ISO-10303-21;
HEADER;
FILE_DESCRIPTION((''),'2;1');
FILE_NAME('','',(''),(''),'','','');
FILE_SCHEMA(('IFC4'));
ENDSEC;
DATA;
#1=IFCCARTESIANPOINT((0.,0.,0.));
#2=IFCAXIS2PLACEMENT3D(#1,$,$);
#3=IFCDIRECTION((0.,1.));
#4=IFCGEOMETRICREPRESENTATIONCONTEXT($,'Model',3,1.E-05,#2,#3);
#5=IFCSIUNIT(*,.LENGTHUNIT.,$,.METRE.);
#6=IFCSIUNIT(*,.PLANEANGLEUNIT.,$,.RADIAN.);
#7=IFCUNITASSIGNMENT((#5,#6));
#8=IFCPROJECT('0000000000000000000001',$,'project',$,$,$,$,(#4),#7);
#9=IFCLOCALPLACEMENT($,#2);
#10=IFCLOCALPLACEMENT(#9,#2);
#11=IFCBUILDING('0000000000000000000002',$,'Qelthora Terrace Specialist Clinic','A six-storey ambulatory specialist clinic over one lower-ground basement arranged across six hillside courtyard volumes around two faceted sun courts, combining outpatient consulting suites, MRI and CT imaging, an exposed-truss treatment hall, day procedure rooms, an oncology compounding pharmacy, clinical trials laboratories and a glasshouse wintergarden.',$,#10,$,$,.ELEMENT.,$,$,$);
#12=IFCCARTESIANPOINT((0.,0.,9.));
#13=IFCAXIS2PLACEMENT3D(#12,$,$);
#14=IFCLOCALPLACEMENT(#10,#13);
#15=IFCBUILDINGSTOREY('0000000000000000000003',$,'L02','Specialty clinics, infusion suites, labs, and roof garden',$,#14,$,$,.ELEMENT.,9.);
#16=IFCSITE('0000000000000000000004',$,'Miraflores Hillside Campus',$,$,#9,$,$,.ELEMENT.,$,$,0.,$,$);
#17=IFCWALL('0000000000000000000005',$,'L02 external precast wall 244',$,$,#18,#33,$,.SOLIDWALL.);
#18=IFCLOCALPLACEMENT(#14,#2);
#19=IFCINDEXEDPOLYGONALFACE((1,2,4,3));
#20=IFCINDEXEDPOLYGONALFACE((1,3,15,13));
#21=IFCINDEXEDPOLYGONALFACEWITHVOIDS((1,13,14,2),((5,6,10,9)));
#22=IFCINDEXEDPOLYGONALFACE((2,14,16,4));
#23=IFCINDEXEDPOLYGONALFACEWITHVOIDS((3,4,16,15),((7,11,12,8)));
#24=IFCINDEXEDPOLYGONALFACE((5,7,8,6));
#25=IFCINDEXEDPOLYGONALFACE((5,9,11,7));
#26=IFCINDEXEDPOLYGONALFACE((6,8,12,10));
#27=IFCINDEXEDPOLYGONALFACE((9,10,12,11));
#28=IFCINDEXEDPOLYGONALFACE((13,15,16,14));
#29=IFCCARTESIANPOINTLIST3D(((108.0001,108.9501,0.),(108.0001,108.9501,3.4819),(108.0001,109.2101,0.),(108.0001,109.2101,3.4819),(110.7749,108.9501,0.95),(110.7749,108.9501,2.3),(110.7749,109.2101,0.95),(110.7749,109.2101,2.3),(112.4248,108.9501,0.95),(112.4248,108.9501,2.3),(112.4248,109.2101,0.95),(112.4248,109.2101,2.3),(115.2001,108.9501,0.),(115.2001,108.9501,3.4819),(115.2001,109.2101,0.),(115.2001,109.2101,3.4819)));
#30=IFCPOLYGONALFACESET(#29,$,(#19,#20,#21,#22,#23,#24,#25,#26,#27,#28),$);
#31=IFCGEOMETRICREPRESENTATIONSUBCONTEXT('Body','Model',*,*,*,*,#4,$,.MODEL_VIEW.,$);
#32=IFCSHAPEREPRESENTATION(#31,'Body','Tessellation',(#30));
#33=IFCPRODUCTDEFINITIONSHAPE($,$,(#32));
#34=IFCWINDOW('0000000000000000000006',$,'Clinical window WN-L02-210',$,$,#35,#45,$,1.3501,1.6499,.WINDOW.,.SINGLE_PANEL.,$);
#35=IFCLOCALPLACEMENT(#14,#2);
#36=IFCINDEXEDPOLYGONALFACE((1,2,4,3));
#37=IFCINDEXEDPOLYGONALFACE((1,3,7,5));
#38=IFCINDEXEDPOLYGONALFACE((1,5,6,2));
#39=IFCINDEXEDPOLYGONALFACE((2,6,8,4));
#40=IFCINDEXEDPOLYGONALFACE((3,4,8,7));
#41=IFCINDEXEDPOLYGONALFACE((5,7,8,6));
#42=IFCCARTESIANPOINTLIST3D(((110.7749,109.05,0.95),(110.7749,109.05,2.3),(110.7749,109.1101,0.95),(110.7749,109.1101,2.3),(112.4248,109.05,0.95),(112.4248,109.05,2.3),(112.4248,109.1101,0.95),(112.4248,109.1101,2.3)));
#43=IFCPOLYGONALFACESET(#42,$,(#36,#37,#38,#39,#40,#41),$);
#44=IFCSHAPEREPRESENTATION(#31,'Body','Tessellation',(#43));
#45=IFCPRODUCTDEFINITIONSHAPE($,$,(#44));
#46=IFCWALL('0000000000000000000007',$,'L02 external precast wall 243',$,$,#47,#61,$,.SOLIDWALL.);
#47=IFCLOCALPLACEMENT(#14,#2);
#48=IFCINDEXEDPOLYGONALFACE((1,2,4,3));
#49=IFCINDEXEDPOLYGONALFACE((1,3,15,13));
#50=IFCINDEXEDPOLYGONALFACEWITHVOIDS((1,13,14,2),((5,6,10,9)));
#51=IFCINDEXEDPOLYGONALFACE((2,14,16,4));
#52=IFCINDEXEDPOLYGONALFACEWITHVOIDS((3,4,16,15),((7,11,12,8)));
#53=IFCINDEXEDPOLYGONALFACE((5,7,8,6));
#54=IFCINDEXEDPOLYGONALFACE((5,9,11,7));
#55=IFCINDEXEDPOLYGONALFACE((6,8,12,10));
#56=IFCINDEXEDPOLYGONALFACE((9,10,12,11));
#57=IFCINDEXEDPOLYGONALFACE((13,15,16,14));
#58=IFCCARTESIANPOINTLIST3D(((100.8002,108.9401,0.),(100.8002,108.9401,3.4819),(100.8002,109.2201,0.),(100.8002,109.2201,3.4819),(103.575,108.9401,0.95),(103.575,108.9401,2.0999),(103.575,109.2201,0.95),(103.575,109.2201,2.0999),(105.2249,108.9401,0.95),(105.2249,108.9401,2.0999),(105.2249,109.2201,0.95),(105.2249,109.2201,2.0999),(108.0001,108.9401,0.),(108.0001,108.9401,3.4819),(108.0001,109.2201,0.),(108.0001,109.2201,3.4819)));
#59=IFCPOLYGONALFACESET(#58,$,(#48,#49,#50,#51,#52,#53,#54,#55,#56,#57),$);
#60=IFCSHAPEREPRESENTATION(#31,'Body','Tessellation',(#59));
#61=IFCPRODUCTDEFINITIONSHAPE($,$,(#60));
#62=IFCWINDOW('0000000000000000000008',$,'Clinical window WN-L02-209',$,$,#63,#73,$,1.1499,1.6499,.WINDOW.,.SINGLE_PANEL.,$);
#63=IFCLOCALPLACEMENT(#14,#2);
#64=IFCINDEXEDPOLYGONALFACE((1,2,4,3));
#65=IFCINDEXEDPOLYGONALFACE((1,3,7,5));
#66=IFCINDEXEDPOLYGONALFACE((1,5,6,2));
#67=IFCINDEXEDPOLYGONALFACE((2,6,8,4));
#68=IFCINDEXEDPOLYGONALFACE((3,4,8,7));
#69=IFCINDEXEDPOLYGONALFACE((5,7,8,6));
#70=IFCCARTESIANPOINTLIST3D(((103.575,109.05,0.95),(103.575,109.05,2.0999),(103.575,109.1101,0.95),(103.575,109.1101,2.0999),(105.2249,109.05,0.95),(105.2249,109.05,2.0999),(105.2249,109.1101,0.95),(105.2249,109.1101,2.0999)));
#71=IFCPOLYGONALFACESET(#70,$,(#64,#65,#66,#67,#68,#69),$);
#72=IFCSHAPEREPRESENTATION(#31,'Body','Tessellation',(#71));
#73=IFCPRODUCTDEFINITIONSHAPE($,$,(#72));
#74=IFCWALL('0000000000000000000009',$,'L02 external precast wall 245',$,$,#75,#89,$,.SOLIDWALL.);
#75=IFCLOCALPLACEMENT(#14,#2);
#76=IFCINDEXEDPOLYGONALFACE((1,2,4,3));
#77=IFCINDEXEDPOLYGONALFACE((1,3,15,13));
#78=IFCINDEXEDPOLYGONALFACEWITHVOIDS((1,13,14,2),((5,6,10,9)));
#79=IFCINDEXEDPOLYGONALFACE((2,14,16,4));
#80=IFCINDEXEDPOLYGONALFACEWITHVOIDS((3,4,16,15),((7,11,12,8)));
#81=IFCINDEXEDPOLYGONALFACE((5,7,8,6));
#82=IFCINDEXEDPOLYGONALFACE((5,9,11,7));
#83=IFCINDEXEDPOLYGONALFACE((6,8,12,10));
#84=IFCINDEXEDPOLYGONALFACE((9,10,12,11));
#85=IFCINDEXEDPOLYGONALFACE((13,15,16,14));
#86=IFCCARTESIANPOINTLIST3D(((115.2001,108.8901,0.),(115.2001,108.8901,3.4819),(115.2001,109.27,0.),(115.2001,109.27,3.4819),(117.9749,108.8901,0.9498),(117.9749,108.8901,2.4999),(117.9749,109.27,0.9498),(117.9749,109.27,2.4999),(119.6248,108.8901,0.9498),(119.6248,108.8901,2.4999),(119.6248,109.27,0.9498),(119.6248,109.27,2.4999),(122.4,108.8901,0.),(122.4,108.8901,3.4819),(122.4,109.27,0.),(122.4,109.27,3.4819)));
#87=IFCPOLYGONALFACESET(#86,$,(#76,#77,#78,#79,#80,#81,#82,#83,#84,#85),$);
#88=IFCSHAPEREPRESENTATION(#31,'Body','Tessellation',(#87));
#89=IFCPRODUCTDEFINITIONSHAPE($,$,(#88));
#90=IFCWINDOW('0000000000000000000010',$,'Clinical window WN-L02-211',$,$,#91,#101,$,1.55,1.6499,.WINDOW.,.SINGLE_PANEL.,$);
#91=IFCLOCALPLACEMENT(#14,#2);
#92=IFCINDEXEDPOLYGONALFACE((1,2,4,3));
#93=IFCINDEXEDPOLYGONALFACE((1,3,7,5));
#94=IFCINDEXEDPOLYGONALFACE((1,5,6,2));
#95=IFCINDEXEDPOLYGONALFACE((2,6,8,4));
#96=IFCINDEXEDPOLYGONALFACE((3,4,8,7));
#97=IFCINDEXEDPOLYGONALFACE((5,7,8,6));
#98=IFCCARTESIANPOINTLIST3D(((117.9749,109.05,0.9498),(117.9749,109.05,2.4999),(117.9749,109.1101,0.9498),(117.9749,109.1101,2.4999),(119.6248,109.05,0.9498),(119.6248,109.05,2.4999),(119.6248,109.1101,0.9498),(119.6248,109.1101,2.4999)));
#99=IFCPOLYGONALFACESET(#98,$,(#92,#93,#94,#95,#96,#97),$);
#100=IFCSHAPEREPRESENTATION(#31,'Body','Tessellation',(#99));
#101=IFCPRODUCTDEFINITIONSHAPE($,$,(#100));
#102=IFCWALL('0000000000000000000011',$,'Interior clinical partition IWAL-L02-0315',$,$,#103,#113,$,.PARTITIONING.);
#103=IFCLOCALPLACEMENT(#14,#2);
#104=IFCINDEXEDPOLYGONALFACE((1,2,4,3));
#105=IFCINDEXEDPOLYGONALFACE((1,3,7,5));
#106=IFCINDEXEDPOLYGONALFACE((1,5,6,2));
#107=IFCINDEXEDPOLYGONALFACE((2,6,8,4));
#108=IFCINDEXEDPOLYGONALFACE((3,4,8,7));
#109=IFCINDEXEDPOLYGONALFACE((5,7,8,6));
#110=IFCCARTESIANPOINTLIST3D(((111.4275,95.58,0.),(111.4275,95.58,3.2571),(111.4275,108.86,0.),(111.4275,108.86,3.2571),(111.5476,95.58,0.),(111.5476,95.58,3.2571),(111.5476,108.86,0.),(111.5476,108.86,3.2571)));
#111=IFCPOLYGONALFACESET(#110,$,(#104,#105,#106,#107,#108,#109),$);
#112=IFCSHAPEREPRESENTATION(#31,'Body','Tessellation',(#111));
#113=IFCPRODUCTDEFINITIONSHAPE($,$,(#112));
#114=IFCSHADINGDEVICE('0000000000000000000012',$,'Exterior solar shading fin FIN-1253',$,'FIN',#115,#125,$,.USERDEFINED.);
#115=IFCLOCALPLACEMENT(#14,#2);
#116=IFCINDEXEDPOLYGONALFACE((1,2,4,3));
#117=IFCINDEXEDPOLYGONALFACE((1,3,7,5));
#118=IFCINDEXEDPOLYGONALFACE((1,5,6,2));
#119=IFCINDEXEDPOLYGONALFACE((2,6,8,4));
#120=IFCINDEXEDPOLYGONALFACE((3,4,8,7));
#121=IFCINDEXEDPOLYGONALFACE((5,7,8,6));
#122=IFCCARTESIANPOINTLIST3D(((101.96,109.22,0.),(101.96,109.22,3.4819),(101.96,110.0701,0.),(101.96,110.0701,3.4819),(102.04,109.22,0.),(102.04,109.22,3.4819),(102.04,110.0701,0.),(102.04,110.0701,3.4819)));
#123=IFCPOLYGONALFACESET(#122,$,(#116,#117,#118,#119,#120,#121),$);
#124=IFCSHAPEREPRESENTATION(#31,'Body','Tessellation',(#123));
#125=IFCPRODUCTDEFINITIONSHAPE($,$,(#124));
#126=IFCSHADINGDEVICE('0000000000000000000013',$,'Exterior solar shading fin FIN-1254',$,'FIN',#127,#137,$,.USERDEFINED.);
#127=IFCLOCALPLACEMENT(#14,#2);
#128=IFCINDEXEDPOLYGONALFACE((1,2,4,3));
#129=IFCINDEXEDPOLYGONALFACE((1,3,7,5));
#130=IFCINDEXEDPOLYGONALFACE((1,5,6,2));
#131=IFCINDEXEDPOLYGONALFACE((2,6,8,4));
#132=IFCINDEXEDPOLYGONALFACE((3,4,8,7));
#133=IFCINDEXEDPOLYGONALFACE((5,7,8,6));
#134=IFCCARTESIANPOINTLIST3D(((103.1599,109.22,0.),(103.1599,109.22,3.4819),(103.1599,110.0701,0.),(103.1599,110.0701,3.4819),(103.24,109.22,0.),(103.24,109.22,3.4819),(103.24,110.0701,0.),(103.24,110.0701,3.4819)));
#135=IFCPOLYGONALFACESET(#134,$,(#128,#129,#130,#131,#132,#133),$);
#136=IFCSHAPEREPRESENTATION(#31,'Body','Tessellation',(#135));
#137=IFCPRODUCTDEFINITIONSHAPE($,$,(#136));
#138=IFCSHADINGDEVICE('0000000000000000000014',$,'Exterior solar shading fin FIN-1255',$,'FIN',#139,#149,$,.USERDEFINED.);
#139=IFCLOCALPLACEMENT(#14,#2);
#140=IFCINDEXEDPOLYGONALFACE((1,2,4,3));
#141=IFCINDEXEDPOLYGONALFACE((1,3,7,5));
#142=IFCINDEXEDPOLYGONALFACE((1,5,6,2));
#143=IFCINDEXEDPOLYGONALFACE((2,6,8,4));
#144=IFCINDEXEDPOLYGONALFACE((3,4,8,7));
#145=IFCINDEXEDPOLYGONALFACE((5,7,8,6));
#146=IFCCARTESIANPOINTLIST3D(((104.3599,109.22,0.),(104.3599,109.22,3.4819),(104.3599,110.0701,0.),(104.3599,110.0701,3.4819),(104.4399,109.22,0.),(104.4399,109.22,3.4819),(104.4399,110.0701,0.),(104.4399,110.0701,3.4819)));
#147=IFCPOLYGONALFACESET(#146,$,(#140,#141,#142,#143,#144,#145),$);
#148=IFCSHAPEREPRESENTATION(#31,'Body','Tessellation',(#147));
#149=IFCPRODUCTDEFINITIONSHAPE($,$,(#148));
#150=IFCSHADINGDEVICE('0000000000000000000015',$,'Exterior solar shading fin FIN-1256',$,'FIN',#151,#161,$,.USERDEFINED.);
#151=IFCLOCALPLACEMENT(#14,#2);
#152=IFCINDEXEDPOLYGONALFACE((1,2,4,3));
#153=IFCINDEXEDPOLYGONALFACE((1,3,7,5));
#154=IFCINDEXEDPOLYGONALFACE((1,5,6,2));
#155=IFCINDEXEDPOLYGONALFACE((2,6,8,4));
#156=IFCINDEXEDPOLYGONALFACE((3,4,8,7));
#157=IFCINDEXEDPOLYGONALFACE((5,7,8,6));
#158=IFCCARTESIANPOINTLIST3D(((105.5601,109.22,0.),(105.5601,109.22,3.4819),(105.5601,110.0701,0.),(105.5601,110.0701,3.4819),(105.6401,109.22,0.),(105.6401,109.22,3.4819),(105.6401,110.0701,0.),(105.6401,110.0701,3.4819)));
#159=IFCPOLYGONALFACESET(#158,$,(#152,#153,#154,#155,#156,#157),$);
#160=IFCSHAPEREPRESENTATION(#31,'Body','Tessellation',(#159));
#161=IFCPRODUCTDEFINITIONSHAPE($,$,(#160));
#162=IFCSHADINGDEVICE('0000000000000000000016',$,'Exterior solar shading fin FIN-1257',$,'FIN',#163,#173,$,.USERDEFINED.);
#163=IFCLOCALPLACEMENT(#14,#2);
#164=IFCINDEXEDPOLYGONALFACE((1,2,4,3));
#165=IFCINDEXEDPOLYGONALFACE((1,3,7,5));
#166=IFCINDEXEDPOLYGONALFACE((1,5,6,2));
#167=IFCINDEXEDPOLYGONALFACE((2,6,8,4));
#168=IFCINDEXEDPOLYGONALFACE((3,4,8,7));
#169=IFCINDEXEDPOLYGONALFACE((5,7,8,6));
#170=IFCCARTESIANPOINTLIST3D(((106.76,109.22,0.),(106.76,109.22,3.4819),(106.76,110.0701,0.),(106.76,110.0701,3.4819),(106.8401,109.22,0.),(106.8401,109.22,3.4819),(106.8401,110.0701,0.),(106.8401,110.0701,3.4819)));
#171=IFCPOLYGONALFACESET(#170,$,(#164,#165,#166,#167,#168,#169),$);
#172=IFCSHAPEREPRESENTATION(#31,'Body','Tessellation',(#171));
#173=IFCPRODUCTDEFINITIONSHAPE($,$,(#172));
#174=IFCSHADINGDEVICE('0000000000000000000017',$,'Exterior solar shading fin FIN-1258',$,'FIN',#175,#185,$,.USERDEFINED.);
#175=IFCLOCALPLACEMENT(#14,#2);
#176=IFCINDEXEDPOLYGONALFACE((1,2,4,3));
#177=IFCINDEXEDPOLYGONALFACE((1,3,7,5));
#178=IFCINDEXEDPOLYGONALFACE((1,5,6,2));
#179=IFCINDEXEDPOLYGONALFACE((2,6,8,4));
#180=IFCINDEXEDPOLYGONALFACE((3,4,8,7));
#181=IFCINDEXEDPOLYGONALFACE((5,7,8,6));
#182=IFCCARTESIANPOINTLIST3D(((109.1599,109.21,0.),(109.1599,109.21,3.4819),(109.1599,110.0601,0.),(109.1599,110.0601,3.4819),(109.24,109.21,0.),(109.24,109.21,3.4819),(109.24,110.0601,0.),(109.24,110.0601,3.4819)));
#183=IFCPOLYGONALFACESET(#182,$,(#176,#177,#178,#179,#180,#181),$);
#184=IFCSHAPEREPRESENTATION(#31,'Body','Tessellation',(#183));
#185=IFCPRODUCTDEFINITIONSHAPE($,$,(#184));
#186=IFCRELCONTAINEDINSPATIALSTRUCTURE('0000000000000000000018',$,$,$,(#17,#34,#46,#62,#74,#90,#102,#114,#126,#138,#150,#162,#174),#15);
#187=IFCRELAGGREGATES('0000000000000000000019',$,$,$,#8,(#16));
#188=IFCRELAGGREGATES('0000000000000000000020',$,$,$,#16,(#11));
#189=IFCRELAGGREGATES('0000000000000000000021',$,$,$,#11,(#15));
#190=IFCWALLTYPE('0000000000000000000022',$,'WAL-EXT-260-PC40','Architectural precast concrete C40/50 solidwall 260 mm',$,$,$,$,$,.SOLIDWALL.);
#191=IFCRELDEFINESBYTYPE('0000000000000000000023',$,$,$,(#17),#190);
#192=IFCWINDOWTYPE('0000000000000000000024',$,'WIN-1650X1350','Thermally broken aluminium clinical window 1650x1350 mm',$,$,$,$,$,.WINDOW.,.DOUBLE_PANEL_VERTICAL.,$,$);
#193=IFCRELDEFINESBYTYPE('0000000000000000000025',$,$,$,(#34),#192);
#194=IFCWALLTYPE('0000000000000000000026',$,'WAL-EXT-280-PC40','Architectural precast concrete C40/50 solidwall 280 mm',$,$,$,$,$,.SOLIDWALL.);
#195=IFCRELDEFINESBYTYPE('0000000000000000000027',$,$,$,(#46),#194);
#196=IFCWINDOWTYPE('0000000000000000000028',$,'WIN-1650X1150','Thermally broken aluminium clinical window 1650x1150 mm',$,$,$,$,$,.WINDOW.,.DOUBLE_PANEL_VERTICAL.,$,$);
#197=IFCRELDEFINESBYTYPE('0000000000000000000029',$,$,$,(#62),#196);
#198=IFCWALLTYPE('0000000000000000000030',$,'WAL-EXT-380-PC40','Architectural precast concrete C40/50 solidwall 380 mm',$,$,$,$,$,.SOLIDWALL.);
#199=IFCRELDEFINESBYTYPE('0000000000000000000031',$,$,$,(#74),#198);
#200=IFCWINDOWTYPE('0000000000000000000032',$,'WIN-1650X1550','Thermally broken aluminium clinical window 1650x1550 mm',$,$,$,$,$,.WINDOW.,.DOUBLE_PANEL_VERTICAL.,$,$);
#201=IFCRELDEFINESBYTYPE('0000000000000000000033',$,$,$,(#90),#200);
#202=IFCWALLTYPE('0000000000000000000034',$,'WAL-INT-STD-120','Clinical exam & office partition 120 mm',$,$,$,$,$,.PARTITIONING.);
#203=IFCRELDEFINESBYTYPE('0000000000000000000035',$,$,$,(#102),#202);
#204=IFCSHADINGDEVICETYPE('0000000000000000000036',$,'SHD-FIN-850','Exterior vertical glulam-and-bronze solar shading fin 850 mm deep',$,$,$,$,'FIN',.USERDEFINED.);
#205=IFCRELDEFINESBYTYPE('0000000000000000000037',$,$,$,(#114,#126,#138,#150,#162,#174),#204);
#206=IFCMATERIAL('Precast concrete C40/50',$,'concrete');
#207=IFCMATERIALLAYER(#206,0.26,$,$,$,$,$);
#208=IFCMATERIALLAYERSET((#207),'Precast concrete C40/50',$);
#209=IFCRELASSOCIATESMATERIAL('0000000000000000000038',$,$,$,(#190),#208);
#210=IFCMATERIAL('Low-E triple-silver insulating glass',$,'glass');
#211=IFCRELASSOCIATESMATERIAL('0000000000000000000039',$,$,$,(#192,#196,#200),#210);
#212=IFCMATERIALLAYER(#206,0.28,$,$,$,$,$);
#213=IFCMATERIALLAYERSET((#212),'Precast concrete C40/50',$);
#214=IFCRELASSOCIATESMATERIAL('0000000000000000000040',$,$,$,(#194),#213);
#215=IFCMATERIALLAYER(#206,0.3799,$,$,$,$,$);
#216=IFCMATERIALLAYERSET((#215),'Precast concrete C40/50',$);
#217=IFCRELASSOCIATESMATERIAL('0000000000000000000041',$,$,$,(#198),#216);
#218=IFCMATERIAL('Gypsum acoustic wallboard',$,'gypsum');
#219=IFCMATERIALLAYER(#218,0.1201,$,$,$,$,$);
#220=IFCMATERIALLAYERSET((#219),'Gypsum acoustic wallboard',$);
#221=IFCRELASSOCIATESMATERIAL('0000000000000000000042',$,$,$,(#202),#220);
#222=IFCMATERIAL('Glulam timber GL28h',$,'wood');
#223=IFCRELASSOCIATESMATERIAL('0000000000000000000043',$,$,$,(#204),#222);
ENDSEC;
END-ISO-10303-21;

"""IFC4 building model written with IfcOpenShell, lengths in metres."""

from ifc_helpers import new_model, si_unit, direction, frame, frame_2d, origin, origin_2d, place, context, subcontext, project, spatial, rectangle, extrude, material, layer, layer_set, type_object, element, fill, save


model = new_model("IFC4")

# Units and contexts
model_context = context("Model", 3, precision=1e-05, world=origin(), true_north=direction((0.0, 1.0)))
body_context = subcontext(model_context, "Body", "Model", "MODEL_VIEW")
ifc_project = project(units=[si_unit("LENGTHUNIT", "METRE"), si_unit("PLANEANGLEUNIT", "RADIAN")], contexts=[model_context])

# Site, building, storey
site_placement = place(None, origin())
site = spatial("IfcSite", under=ifc_project, at=site_placement, Name="Miraflores Hillside Campus", CompositionType="ELEMENT", RefElevation=0.0)
building_placement = place(site_placement, origin())
building = spatial("IfcBuilding", under=site, at=building_placement, Name="Qelthora Terrace Specialist Clinic", Description="A six-storey ambulatory specialist clinic over one lower-ground basement arranged across six hillside courtyard volumes around two faceted sun courts, combining outpatient consulting suites, MRI and CT imaging, an exposed-truss treatment hall, day procedure rooms, an oncology compounding pharmacy, clinical trials laboratories and a glasshouse wintergarden.", CompositionType="ELEMENT")
storey_placement = place(building_placement, frame((0.0, 0.0, 9.0)))
storey = spatial("IfcBuildingStorey", under=building, at=storey_placement, Name="L02", Description="Specialty clinics, infusion suites, labs, and roof garden", CompositionType="ELEMENT", Elevation=9.0)

# Walls, openings, windows
ifc_material_1 = material(Name="Precast concrete C40/50", Category="concrete")
ifc_layer_1 = layer(ifc_material_1, 0.26)
ifc_layer_set_1 = layer_set([ifc_layer_1], Name="Precast concrete C40/50")
wall_type_1 = type_object("IfcWallType", Name="WAL-EXT-260-PC40", Description="Architectural precast concrete C40/50 solidwall 260 mm", PredefinedType="SOLIDWALL", material=ifc_layer_set_1)
wall_1_placement = place(storey_placement, frame((108.0, 109.0801, 0.0), z_axis=(0.0, 0.0, 1.0), x_axis=(1.0, 0.0, 0.0)))
wall_1 = element("IfcWall", 1, at=wall_1_placement, inside=storey, type_object=wall_type_1, Name="L02 external precast wall 244", PredefinedType="SOLIDWALL", context=body_context, shape_type="SweptSolid", body=[
    extrude(rectangle(XDim=7.2, YDim=0.26, at=frame_2d((3.6001, 0.0))), origin(), (0.0, 0.0, 1.0), 3.4819),
])
opening_1_placement = place(wall_1_placement, frame((2.7749, 0.0, 0.95)))
opening_1 = element("IfcOpeningElement", 2, at=opening_1_placement, cuts=wall_1, PredefinedType="OPENING", context=body_context, shape_type="SweptSolid", body=[
    extrude(rectangle(XDim=1.6499, YDim=1.3501, at=frame_2d((0.825, 0.675))), frame((0.0, 0.1399, 0.0), z_axis=(0.0, -1.0, 0.0), x_axis=(1.0, 0.0, 0.0)), (0.0, 0.0, 1.0), 0.28),
])
ifc_material_2 = material(Name="Low-E triple-silver insulating glass", Category="glass")
window_type_1 = type_object("IfcWindowType", Name="WIN-1650X1350", Description="Thermally broken aluminium clinical window 1650x1350 mm", PartitioningType="DOUBLE_PANEL_VERTICAL", PredefinedType="WINDOW", material=ifc_material_2)
window_1_placement = place(opening_1_placement, origin())
window_1 = element("IfcWindow", 3, at=window_1_placement, inside=storey, type_object=window_type_1, Name="Clinical window WN-L02-210", OverallHeight=1.3501, OverallWidth=1.6499, PartitioningType="SINGLE_PANEL", PredefinedType="WINDOW", context=body_context, shape_type="SweptSolid", body=[
    extrude(rectangle(XDim=1.6499, YDim=1.3501, at=frame_2d((0.825, 0.675))), frame((0.0, 0.03, 0.0), z_axis=(0.0, -1.0, 0.0), x_axis=(1.0, 0.0, 0.0)), (0.0, 0.0, 1.0), 0.0601),
])
fill(opening_1, window_1)
ifc_layer_2 = layer(ifc_material_1, 0.28)
ifc_layer_set_2 = layer_set([ifc_layer_2], Name="Precast concrete C40/50")
wall_type_2 = type_object("IfcWallType", Name="WAL-EXT-280-PC40", Description="Architectural precast concrete C40/50 solidwall 280 mm", PredefinedType="SOLIDWALL", material=ifc_layer_set_2)
wall_2_placement = place(storey_placement, frame((100.8, 109.0801, 0.0), z_axis=(0.0, 0.0, 1.0), x_axis=(1.0, 0.0, 0.0)))
wall_2 = element("IfcWall", 4, at=wall_2_placement, inside=storey, type_object=wall_type_2, Name="L02 external precast wall 243", PredefinedType="SOLIDWALL", context=body_context, shape_type="SweptSolid", body=[
    extrude(rectangle(XDim=7.2, YDim=0.28, at=frame_2d((3.6001, 0.0))), origin(), (0.0, 0.0, 1.0), 3.4819),
])
opening_2_placement = place(wall_2_placement, frame((2.7749, 0.0, 0.95)))
opening_2 = element("IfcOpeningElement", 5, at=opening_2_placement, cuts=wall_2, PredefinedType="OPENING", context=body_context, shape_type="SweptSolid", body=[
    extrude(rectangle(XDim=1.6499, YDim=1.1499, at=frame_2d((0.825, 0.575))), frame((0.0, 0.1499, 0.0), z_axis=(0.0, -1.0, 0.0), x_axis=(1.0, 0.0, 0.0)), (0.0, 0.0, 1.0), 0.3),
])
window_type_2 = type_object("IfcWindowType", Name="WIN-1650X1150", Description="Thermally broken aluminium clinical window 1650x1150 mm", PartitioningType="DOUBLE_PANEL_VERTICAL", PredefinedType="WINDOW", material=ifc_material_2)
window_2_placement = place(opening_2_placement, origin())
window_2 = element("IfcWindow", 6, at=window_2_placement, inside=storey, type_object=window_type_2, Name="Clinical window WN-L02-209", OverallHeight=1.1499, OverallWidth=1.6499, PartitioningType="SINGLE_PANEL", PredefinedType="WINDOW", context=body_context, shape_type="SweptSolid", body=[
    extrude(rectangle(XDim=1.6499, YDim=1.1499, at=frame_2d((0.825, 0.575))), frame((0.0, 0.03, 0.0), z_axis=(0.0, -1.0, 0.0), x_axis=(1.0, 0.0, 0.0)), (0.0, 0.0, 1.0), 0.0601),
])
fill(opening_2, window_2)
ifc_layer_3 = layer(ifc_material_1, 0.3799)
ifc_layer_set_3 = layer_set([ifc_layer_3], Name="Precast concrete C40/50")
wall_type_3 = type_object("IfcWallType", Name="WAL-EXT-380-PC40", Description="Architectural precast concrete C40/50 solidwall 380 mm", PredefinedType="SOLIDWALL", material=ifc_layer_set_3)
wall_3_placement = place(storey_placement, frame((115.2, 109.0801, 0.0), z_axis=(0.0, 0.0, 1.0), x_axis=(1.0, 0.0, 0.0)))
wall_3 = element("IfcWall", 7, at=wall_3_placement, inside=storey, type_object=wall_type_3, Name="L02 external precast wall 245", PredefinedType="SOLIDWALL", context=body_context, shape_type="SweptSolid", body=[
    extrude(rectangle(XDim=7.2, YDim=0.3799, at=frame_2d((3.6001, 0.0))), origin(), (0.0, 0.0, 1.0), 3.4819),
])
opening_3_placement = place(wall_3_placement, frame((2.7749, 0.0, 0.95)))
opening_3 = element("IfcOpeningElement", 8, at=opening_3_placement, cuts=wall_3, PredefinedType="OPENING", context=body_context, shape_type="SweptSolid", body=[
    extrude(rectangle(XDim=1.6499, YDim=1.55, at=frame_2d((0.825, 0.7749))), frame((0.0, 0.2, 0.0), z_axis=(0.0, -1.0, 0.0), x_axis=(1.0, 0.0, 0.0)), (0.0, 0.0, 1.0), 0.3999),
])
window_type_3 = type_object("IfcWindowType", Name="WIN-1650X1550", Description="Thermally broken aluminium clinical window 1650x1550 mm", PartitioningType="DOUBLE_PANEL_VERTICAL", PredefinedType="WINDOW", material=ifc_material_2)
window_3_placement = place(opening_3_placement, origin())
window_3 = element("IfcWindow", 9, at=window_3_placement, inside=storey, type_object=window_type_3, Name="Clinical window WN-L02-211", OverallHeight=1.55, OverallWidth=1.6499, PartitioningType="SINGLE_PANEL", PredefinedType="WINDOW", context=body_context, shape_type="SweptSolid", body=[
    extrude(rectangle(XDim=1.6499, YDim=1.55, at=frame_2d((0.825, 0.7749))), frame((0.0, 0.03, 0.0), z_axis=(0.0, -1.0, 0.0), x_axis=(1.0, 0.0, 0.0)), (0.0, 0.0, 1.0), 0.0601),
])
fill(opening_3, window_3)

# Wall
ifc_material_3 = material(Name="Gypsum acoustic wallboard", Category="gypsum")
ifc_layer_4 = layer(ifc_material_3, 0.1201)
ifc_layer_set_4 = layer_set([ifc_layer_4], Name="Gypsum acoustic wallboard")
wall_type_4 = type_object("IfcWallType", Name="WAL-INT-STD-120", Description="Clinical exam & office partition 120 mm", PredefinedType="PARTITIONING", material=ifc_layer_set_4)
wall_4_placement = place(storey_placement, frame((111.4875, 108.8601, 0.0), z_axis=(0.0, 0.0, 1.0), x_axis=(0.0, -1.0, 0.0)))
element("IfcWall", 10, at=wall_4_placement, inside=storey, type_object=wall_type_4, Name="Interior clinical partition IWAL-L02-0315", PredefinedType="PARTITIONING", context=body_context, shape_type="SweptSolid", body=[
    extrude(rectangle(XDim=13.28, YDim=0.1201, at=frame_2d((6.6401, 0.0))), origin(), (0.0, 0.0, 1.0), 3.2571),
])

# Shading devices
ifc_material_4 = material(Name="Glulam timber GL28h", Category="wood")
shading_device_type = type_object("IfcShadingDeviceType", Name="SHD-FIN-850", Description="Exterior vertical glulam-and-bronze solar shading fin 850 mm deep", ElementType="FIN", PredefinedType="USERDEFINED", material=ifc_material_4)
for number, where, z_axis, x_axis, name in (
    (11, (102.0, 109.645, 0.0), (0.0, 0.0, 1.0), (0.0, 1.0, 0.0), "Exterior solar shading fin FIN-1253"),
    (12, (103.2, 109.645, 0.0), (0.0, 0.0, 1.0), (0.0, 1.0, 0.0), "Exterior solar shading fin FIN-1254"),
    (13, (104.3999, 109.645, 0.0), (0.0, 0.0, 1.0), (0.0, 1.0, 0.0), "Exterior solar shading fin FIN-1255"),
    (14, (105.6001, 109.645, 0.0), (0.0, 0.0, 1.0), (0.0, 1.0, 0.0), "Exterior solar shading fin FIN-1256"),
    (15, (106.8, 109.645, 0.0), (0.0, 0.0, 1.0), (0.0, 1.0, 0.0), "Exterior solar shading fin FIN-1257"),
    (16, (109.2, 109.635, 0.0), (0.0, 0.0, 1.0), (0.0, 1.0, 0.0), "Exterior solar shading fin FIN-1258"),
):
    element("IfcShadingDevice", number, at=place(storey_placement, frame(where, z_axis=z_axis, x_axis=x_axis)), inside=storey, type_object=shading_device_type, Name=name, ObjectType="FIN", PredefinedType="USERDEFINED", context=body_context, shape_type="SweptSolid", body=[
        extrude(rectangle(XDim=0.8501, YDim=0.0801, at=origin_2d()), origin(), (0.0, 0.0, 1.0), 3.4819),
    ])

save(model, "model.ifc")
